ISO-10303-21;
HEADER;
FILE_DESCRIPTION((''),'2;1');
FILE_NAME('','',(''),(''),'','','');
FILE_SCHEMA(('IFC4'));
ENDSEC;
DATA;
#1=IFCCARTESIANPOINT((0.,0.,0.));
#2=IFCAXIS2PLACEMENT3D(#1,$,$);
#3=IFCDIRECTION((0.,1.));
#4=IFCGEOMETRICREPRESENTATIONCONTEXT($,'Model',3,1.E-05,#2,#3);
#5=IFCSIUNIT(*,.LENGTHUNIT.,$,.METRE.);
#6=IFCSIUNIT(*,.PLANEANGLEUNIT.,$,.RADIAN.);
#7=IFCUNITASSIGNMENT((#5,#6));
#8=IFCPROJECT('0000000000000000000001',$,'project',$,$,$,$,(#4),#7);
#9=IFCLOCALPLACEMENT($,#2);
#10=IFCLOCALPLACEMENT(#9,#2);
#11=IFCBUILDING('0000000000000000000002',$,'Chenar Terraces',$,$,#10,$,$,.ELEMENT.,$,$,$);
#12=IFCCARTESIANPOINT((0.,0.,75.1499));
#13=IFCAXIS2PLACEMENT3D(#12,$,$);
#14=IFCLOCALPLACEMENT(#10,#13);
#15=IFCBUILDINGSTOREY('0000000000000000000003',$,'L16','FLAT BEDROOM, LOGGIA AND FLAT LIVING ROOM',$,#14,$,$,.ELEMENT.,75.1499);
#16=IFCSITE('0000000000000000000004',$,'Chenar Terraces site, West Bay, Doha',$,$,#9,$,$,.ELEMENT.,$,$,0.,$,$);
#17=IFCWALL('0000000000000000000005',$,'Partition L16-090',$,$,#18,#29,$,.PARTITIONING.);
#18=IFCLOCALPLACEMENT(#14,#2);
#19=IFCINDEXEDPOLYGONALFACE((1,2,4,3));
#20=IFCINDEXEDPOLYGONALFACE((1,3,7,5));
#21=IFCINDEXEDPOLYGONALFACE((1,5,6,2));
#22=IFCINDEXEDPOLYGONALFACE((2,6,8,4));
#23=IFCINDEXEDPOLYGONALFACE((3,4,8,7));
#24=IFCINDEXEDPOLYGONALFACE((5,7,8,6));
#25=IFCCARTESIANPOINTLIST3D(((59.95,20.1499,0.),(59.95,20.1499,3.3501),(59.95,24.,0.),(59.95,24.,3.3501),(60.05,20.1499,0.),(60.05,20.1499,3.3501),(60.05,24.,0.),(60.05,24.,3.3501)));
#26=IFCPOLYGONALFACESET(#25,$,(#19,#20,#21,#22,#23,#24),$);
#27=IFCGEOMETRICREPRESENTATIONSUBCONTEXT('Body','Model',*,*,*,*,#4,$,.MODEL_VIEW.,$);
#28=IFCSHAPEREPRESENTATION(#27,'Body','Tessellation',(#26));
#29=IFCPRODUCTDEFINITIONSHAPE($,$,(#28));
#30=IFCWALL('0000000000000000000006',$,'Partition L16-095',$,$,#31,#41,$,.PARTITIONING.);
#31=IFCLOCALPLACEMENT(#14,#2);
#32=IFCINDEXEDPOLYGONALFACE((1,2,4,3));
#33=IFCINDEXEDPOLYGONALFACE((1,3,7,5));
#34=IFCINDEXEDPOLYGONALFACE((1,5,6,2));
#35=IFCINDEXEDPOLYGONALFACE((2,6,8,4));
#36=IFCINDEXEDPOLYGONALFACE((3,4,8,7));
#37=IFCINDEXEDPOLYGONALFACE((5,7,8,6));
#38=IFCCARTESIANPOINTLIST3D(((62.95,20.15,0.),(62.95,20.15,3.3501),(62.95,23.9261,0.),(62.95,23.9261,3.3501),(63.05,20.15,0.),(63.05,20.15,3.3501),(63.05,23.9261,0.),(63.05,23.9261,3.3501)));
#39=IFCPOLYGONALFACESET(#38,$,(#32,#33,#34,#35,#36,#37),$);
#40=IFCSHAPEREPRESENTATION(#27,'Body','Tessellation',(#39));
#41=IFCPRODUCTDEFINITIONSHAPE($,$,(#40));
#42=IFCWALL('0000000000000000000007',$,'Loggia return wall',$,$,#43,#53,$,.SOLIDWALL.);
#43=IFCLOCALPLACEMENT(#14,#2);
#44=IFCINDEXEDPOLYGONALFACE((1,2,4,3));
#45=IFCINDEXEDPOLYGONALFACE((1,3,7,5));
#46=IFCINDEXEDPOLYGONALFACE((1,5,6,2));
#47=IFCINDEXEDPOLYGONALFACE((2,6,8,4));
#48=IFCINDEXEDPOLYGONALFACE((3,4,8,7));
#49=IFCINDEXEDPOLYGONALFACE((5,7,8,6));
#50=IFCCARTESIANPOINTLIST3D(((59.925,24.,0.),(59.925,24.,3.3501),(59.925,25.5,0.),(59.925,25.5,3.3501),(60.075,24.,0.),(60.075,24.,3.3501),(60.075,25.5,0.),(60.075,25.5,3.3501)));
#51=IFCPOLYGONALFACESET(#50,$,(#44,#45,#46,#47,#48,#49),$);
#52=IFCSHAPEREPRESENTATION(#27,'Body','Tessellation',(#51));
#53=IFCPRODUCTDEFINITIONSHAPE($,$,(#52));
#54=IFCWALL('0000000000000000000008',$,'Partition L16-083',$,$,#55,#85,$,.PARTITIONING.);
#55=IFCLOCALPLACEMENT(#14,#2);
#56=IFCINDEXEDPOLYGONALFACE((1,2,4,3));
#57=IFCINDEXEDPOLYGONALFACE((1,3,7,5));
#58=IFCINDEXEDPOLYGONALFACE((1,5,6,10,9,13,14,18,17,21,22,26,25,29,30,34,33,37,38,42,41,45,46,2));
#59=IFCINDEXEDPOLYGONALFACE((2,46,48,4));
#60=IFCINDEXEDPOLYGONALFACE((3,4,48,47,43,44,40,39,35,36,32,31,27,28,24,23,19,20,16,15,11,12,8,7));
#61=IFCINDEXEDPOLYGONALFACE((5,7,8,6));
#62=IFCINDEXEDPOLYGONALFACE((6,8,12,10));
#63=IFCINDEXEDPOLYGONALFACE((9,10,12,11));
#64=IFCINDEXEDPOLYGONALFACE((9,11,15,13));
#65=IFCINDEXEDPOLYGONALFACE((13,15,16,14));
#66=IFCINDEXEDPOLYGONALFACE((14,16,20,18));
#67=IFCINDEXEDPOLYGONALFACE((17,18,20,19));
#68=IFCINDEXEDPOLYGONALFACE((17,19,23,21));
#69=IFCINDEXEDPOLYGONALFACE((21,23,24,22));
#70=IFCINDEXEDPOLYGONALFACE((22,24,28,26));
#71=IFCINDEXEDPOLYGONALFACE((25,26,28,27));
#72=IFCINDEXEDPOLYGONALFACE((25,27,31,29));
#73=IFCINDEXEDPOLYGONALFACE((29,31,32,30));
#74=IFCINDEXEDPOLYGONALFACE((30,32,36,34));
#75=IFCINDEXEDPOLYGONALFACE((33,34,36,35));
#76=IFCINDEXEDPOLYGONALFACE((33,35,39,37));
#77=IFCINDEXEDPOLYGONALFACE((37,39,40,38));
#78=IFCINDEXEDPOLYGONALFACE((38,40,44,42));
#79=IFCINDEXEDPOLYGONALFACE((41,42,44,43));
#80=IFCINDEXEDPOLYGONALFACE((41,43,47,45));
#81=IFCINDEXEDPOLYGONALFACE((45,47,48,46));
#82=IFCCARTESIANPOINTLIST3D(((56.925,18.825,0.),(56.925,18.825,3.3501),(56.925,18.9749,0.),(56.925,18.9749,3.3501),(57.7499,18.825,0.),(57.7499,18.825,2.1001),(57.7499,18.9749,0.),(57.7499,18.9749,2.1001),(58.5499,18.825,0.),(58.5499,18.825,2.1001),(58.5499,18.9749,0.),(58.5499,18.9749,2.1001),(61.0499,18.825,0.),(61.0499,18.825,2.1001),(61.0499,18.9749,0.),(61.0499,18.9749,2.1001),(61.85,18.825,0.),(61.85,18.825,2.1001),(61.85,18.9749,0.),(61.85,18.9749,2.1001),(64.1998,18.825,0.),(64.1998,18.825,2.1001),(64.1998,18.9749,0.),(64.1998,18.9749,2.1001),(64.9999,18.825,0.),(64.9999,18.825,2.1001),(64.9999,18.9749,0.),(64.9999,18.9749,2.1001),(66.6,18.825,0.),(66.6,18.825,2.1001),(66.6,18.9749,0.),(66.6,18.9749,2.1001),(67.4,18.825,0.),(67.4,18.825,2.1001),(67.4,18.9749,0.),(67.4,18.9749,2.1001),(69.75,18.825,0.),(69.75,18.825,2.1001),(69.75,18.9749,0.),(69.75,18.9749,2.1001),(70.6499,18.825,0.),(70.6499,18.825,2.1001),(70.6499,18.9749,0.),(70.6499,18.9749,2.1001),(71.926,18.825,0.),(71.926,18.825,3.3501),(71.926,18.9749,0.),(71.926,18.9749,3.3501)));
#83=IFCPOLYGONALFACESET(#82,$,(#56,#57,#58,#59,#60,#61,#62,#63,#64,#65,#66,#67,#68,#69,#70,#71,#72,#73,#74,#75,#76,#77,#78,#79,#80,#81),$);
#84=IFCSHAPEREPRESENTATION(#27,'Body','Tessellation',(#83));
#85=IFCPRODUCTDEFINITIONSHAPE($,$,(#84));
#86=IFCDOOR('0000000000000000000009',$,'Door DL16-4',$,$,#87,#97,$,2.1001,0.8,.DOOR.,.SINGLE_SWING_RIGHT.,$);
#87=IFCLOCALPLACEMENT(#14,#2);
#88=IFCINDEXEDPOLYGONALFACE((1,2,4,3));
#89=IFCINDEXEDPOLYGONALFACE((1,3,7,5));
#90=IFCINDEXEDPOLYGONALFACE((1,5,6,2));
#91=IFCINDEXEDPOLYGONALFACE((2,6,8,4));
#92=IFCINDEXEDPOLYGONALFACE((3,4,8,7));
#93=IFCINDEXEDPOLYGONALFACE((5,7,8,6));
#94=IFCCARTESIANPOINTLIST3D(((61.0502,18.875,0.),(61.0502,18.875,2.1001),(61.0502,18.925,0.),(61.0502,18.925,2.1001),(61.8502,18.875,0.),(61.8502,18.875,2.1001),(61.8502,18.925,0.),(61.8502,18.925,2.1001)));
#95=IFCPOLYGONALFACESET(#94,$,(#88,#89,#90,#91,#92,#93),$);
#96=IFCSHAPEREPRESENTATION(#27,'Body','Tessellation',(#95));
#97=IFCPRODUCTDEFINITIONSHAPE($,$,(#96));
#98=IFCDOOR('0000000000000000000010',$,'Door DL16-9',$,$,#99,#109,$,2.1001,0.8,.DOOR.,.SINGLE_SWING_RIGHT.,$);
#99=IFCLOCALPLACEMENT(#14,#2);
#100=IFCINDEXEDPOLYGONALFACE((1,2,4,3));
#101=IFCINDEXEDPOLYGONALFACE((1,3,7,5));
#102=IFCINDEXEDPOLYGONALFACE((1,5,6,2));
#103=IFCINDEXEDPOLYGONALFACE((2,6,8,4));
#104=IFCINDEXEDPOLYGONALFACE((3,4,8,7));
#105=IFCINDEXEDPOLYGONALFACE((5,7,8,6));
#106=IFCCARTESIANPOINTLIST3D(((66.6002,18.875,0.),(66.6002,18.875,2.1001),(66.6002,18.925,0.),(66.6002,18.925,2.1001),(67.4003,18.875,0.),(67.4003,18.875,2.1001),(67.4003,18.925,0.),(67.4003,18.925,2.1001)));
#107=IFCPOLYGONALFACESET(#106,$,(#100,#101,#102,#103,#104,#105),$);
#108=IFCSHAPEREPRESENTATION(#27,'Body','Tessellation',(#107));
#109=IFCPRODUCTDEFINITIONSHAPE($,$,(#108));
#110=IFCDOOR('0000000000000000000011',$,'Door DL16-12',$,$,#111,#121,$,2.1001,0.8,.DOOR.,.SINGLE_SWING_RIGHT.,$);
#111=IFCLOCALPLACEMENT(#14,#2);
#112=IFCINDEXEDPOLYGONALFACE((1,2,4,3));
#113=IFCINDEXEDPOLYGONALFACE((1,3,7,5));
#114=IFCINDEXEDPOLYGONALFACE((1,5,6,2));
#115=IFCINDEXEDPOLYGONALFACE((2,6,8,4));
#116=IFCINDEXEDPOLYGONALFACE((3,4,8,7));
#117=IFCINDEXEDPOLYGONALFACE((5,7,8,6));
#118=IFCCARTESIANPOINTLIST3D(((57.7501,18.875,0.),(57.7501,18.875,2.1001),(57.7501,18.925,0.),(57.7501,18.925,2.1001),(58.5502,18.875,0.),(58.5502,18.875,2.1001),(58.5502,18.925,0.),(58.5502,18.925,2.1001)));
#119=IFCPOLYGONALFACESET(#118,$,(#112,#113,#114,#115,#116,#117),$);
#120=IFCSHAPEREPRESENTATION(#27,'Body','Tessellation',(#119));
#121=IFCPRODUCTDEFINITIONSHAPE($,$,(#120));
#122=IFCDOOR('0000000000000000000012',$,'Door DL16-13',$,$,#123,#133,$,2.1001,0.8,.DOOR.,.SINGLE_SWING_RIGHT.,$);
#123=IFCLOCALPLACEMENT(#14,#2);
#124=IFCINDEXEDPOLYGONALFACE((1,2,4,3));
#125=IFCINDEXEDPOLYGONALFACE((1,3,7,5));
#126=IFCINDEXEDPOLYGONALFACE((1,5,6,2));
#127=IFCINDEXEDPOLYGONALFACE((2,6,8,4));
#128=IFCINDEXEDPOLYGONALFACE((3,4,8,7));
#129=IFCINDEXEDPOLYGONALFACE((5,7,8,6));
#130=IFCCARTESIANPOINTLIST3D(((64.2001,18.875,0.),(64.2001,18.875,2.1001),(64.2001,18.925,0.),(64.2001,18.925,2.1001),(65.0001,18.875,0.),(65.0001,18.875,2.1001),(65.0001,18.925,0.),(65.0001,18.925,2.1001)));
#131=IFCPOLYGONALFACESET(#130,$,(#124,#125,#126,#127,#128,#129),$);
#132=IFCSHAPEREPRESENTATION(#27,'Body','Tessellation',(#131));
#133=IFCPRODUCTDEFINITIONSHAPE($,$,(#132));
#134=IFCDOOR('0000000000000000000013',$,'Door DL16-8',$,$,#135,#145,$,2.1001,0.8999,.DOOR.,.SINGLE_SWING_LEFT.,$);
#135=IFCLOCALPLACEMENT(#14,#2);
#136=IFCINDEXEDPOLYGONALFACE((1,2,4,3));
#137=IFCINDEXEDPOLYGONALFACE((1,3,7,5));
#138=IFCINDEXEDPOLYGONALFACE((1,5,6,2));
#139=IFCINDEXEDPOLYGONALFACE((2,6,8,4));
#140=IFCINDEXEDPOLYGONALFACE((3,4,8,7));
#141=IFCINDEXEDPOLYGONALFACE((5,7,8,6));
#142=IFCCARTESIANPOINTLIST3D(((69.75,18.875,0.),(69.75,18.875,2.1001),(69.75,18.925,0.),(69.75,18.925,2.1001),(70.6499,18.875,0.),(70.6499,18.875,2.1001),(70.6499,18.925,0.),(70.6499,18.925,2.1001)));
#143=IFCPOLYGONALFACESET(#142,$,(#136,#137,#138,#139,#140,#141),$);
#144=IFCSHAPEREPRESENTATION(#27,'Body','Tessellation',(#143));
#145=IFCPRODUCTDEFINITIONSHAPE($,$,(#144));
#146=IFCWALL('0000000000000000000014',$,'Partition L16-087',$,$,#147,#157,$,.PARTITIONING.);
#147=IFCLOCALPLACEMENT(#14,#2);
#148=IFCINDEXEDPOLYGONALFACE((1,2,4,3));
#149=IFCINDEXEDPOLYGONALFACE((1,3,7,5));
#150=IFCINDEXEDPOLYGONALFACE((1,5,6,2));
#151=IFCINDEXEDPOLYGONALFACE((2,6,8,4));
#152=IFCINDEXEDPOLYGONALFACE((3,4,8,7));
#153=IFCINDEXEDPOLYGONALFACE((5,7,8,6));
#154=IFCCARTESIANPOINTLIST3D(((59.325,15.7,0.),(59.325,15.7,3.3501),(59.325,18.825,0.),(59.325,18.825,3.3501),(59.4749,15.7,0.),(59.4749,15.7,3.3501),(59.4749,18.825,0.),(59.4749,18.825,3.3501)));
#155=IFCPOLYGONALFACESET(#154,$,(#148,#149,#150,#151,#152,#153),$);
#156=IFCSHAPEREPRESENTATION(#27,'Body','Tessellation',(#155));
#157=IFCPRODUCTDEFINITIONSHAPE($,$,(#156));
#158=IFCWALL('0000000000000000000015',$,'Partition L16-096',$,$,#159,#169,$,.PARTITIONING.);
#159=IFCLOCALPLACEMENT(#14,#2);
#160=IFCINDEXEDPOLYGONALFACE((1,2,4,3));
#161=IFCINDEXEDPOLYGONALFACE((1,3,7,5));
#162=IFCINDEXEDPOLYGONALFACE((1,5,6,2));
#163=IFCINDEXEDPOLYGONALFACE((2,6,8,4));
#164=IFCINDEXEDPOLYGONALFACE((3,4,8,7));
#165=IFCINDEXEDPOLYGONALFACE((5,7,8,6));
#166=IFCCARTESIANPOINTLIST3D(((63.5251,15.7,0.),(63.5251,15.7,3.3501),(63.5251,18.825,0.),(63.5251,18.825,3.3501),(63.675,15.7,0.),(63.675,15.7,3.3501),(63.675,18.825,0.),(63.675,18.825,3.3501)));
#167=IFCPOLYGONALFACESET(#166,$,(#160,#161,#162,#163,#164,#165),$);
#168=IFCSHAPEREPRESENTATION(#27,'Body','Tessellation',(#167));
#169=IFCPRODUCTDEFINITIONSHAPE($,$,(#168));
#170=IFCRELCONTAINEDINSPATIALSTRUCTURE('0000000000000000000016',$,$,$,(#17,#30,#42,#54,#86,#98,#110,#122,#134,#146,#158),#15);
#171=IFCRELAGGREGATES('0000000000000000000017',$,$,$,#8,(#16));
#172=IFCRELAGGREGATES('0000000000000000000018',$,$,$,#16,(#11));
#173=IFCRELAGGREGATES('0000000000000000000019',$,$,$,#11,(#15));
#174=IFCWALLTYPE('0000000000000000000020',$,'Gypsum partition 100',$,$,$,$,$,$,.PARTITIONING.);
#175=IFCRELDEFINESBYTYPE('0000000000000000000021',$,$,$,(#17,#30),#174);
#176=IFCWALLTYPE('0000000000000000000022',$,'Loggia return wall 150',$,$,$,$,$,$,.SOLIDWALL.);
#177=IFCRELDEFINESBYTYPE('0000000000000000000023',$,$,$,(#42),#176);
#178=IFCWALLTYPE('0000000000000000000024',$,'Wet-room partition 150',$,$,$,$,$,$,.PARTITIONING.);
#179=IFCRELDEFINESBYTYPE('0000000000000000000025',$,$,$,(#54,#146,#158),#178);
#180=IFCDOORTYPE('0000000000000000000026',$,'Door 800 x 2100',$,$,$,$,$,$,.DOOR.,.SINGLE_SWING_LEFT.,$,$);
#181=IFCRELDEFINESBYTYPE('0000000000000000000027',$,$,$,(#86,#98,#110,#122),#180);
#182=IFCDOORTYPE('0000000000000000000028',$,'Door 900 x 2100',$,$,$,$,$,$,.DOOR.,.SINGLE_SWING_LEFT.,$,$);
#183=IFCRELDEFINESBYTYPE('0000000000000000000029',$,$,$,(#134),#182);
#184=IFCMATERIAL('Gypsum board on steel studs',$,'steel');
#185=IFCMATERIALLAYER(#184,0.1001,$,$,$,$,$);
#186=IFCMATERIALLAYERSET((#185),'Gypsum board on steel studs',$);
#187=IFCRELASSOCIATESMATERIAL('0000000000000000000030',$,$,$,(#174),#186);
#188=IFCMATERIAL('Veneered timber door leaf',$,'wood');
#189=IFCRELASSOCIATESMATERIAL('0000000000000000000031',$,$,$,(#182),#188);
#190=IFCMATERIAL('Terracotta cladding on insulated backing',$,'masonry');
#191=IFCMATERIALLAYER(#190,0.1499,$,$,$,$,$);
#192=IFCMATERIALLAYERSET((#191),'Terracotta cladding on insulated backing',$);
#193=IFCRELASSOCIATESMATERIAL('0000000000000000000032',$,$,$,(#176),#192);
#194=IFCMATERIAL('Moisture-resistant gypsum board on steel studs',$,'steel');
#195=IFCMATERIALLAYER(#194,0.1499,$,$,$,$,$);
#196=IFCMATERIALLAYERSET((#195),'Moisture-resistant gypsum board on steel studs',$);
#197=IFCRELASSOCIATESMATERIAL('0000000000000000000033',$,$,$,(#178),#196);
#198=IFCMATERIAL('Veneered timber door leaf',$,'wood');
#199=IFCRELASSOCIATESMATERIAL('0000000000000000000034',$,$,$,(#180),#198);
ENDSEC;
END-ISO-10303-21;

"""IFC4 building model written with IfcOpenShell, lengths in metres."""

from ifc_helpers import new_model, si_unit, direction, frame, frame_2d, origin, place, context, subcontext, project, spatial, rectangle, extrude, material, layer, layer_set, type_object, element, fill, save


model = new_model("IFC4")

# Units and contexts
model_context = context("Model", 3, precision=1e-05, world=origin(), true_north=direction((0.0, 1.0)))
body_context = subcontext(model_context, "Body", "Model", "MODEL_VIEW")
ifc_project = project(units=[si_unit("LENGTHUNIT", "METRE"), si_unit("PLANEANGLEUNIT", "RADIAN")], contexts=[model_context])

# Site, building, storey
site_placement = place(None, origin())
site = spatial("IfcSite", under=ifc_project, at=site_placement, Name="Chenar Terraces site, West Bay, Doha", CompositionType="ELEMENT", RefElevation=0.0)
building_placement = place(site_placement, origin())
building = spatial("IfcBuilding", under=site, at=building_placement, Name="Chenar Terraces", CompositionType="ELEMENT")
storey_placement = place(building_placement, frame((0.0, 0.0, 75.1499)))
storey = spatial("IfcBuildingStorey", under=building, at=storey_placement, Name="L16", Description="FLAT BEDROOM, LOGGIA AND FLAT LIVING ROOM", CompositionType="ELEMENT", Elevation=75.1499)

# Shared definitions
ifc_material_1 = material(Name="Gypsum board on steel studs", Category="steel")
ifc_layer_1 = layer(ifc_material_1, 0.1001)
ifc_layer_set_1 = layer_set([ifc_layer_1], Name="Gypsum board on steel studs")
wall_type_1 = type_object("IfcWallType", Name="Gypsum partition 100", PredefinedType="PARTITIONING", material=ifc_layer_set_1)
ifc_material_2 = material(Name="Veneered timber door leaf", Category="wood")
door_type_1 = type_object("IfcDoorType", Name="Door 900 x 2100", OperationType="SINGLE_SWING_LEFT", PredefinedType="DOOR", material=ifc_material_2)

# Walls
wall_1_placement = place(storey_placement, frame((60.0, 20.1499, 0.0), z_axis=(0.0, 0.0, 1.0), x_axis=(0.0, 1.0, 0.0)))
element("IfcWall", 1, at=wall_1_placement, inside=storey, type_object=wall_type_1, Name="Partition L16-090", PredefinedType="PARTITIONING", context=body_context, shape_type="SweptSolid", body=[
    extrude(rectangle(XDim=3.8501, YDim=0.1001, at=frame_2d((1.925, 0.0))), origin(), (0.0, 0.0, 1.0), 3.3501),
])
wall_2_placement = place(storey_placement, frame((63.0, 20.1499, 0.0), z_axis=(0.0, 0.0, 1.0), x_axis=(0.0, 1.0, 0.0)))
element("IfcWall", 2, at=wall_2_placement, inside=storey, type_object=wall_type_1, Name="Partition L16-095", PredefinedType="PARTITIONING", context=body_context, shape_type="SweptSolid", body=[
    extrude(rectangle(XDim=3.7761, YDim=0.1001, at=frame_2d((1.8882, 0.0))), origin(), (0.0, 0.0, 1.0), 3.3501),
])
ifc_material_3 = material(Name="Terracotta cladding on insulated backing", Category="masonry")
ifc_layer_2 = layer(ifc_material_3, 0.1499)
ifc_layer_set_2 = layer_set([ifc_layer_2], Name="Terracotta cladding on insulated backing")
wall_type_2 = type_object("IfcWallType", Name="Loggia return wall 150", PredefinedType="SOLIDWALL", material=ifc_layer_set_2)
wall_3_placement = place(storey_placement, frame((60.0, 25.5, 0.0), z_axis=(0.0, 0.0, 1.0), x_axis=(0.0, -1.0, 0.0)))
element("IfcWall", 3, at=wall_3_placement, inside=storey, type_object=wall_type_2, Name="Loggia return wall", PredefinedType="SOLIDWALL", context=body_context, shape_type="SweptSolid", body=[
    extrude(rectangle(XDim=1.5, YDim=0.1499, at=frame_2d((0.75, 0.0))), origin(), (0.0, 0.0, 1.0), 3.3501),
])

# Wall, openings, doors
ifc_material_4 = material(Name="Moisture-resistant gypsum board on steel studs", Category="steel")
ifc_layer_3 = layer(ifc_material_4, 0.1499)
ifc_layer_set_3 = layer_set([ifc_layer_3], Name="Moisture-resistant gypsum board on steel studs")
wall_type_3 = type_object("IfcWallType", Name="Wet-room partition 150", PredefinedType="PARTITIONING", material=ifc_layer_set_3)
wall_4_placement = place(storey_placement, frame((56.925, 18.8999, 0.0), z_axis=(0.0, 0.0, 1.0), x_axis=(1.0, 0.0, 0.0)))
wall_4 = element("IfcWall", 4, at=wall_4_placement, inside=storey, type_object=wall_type_3, Name="Partition L16-083", PredefinedType="PARTITIONING", context=body_context, shape_type="SweptSolid", body=[
    extrude(rectangle(XDim=15.001, YDim=0.1499, at=frame_2d((7.5005, 0.0))), origin(), (0.0, 0.0, 1.0), 3.3501),
])
opening_1_placement = place(wall_4_placement, frame((4.125, 0.0, 0.0)))
opening_1 = element("IfcOpeningElement", 5, at=opening_1_placement, cuts=wall_4, PredefinedType="OPENING", context=body_context, shape_type="SweptSolid", body=[
    extrude(rectangle(XDim=0.8, YDim=2.1001, at=frame_2d((0.3999, 1.05))), frame((0.0, 0.085, 0.0), z_axis=(0.0, -1.0, 0.0), x_axis=(1.0, 0.0, 0.0)), (0.0, 0.0, 1.0), 0.1699),
])
opening_2_placement = place(wall_4_placement, frame((12.825, 0.0, 0.0)))
opening_2 = element("IfcOpeningElement", 6, at=opening_2_placement, cuts=wall_4, PredefinedType="OPENING", context=body_context, shape_type="SweptSolid", body=[
    extrude(rectangle(XDim=0.8999, YDim=2.1001, at=frame_2d((0.45, 1.05))), frame((0.0, 0.085, 0.0), z_axis=(0.0, -1.0, 0.0), x_axis=(1.0, 0.0, 0.0)), (0.0, 0.0, 1.0), 0.1699),
])
opening_3_placement = place(wall_4_placement, frame((9.675, 0.0, 0.0)))
opening_3 = element("IfcOpeningElement", 7, at=opening_3_placement, cuts=wall_4, PredefinedType="OPENING", context=body_context, shape_type="SweptSolid", body=[
    extrude(rectangle(XDim=0.8, YDim=2.1001, at=frame_2d((0.3999, 1.05))), frame((0.0, 0.085, 0.0), z_axis=(0.0, -1.0, 0.0), x_axis=(1.0, 0.0, 0.0)), (0.0, 0.0, 1.0), 0.1699),
])
opening_4_placement = place(wall_4_placement, frame((0.825, 0.0, 0.0)))
opening_4 = element("IfcOpeningElement", 8, at=opening_4_placement, cuts=wall_4, PredefinedType="OPENING", context=body_context, shape_type="SweptSolid", body=[
    extrude(rectangle(XDim=0.8, YDim=2.1001, at=frame_2d((0.3999, 1.05))), frame((0.0, 0.085, 0.0), z_axis=(0.0, -1.0, 0.0), x_axis=(1.0, 0.0, 0.0)), (0.0, 0.0, 1.0), 0.1699),
])
opening_5_placement = place(wall_4_placement, frame((7.2749, 0.0, 0.0)))
opening_5 = element("IfcOpeningElement", 9, at=opening_5_placement, cuts=wall_4, PredefinedType="OPENING", context=body_context, shape_type="SweptSolid", body=[
    extrude(rectangle(XDim=0.8, YDim=2.1001, at=frame_2d((0.3999, 1.05))), frame((0.0, 0.085, 0.0), z_axis=(0.0, -1.0, 0.0), x_axis=(1.0, 0.0, 0.0)), (0.0, 0.0, 1.0), 0.1699),
])
ifc_material_5 = material(Name="Veneered timber door leaf", Category="wood")
door_type_2 = type_object("IfcDoorType", Name="Door 800 x 2100", OperationType="SINGLE_SWING_LEFT", PredefinedType="DOOR", material=ifc_material_5)
door_1_placement = place(opening_1_placement, frame((0.8, 0.0, 0.0), z_axis=(0.0, 0.0, 1.0), x_axis=(-1.0, 0.0, 0.0)))
door_1 = element("IfcDoor", 10, at=door_1_placement, inside=storey, type_object=door_type_2, Name="Door DL16-4", OperationType="SINGLE_SWING_RIGHT", OverallHeight=2.1001, OverallWidth=0.8, PredefinedType="DOOR", context=body_context, shape_type="SweptSolid", body=[
    extrude(rectangle(XDim=0.8, YDim=2.1001, at=frame_2d((0.3999, 1.05))), frame((0.0, 0.0249, 0.0), z_axis=(0.0, -1.0, 0.0), x_axis=(1.0, 0.0, 0.0)), (0.0, 0.0, 1.0), 0.05),
])
fill(opening_1, door_1)
door_2_placement = place(opening_3_placement, frame((0.8, 0.0, 0.0), z_axis=(0.0, 0.0, 1.0), x_axis=(-1.0, 0.0, 0.0)))
door_2 = element("IfcDoor", 11, at=door_2_placement, inside=storey, type_object=door_type_2, Name="Door DL16-9", OperationType="SINGLE_SWING_RIGHT", OverallHeight=2.1001, OverallWidth=0.8, PredefinedType="DOOR", context=body_context, shape_type="SweptSolid", body=[
    extrude(rectangle(XDim=0.8, YDim=2.1001, at=frame_2d((0.3999, 1.05))), frame((0.0, 0.0249, 0.0), z_axis=(0.0, -1.0, 0.0), x_axis=(1.0, 0.0, 0.0)), (0.0, 0.0, 1.0), 0.05),
])
fill(opening_3, door_2)
door_3_placement = place(opening_4_placement, frame((0.8, 0.0, 0.0), z_axis=(0.0, 0.0, 1.0), x_axis=(-1.0, 0.0, 0.0)))
door_3 = element("IfcDoor", 12, at=door_3_placement, inside=storey, type_object=door_type_2, Name="Door DL16-12", OperationType="SINGLE_SWING_RIGHT", OverallHeight=2.1001, OverallWidth=0.8, PredefinedType="DOOR", context=body_context, shape_type="SweptSolid", body=[
    extrude(rectangle(XDim=0.8, YDim=2.1001, at=frame_2d((0.3999, 1.05))), frame((0.0, 0.0249, 0.0), z_axis=(0.0, -1.0, 0.0), x_axis=(1.0, 0.0, 0.0)), (0.0, 0.0, 1.0), 0.05),
])
fill(opening_4, door_3)
door_4_placement = place(opening_5_placement, frame((0.8, 0.0, 0.0), z_axis=(0.0, 0.0, 1.0), x_axis=(-1.0, 0.0, 0.0)))
door_4 = element("IfcDoor", 13, at=door_4_placement, inside=storey, type_object=door_type_2, Name="Door DL16-13", OperationType="SINGLE_SWING_RIGHT", OverallHeight=2.1001, OverallWidth=0.8, PredefinedType="DOOR", context=body_context, shape_type="SweptSolid", body=[
    extrude(rectangle(XDim=0.8, YDim=2.1001, at=frame_2d((0.3999, 1.05))), frame((0.0, 0.0249, 0.0), z_axis=(0.0, -1.0, 0.0), x_axis=(1.0, 0.0, 0.0)), (0.0, 0.0, 1.0), 0.05),
])
fill(opening_5, door_4)
door_5_placement = place(opening_2_placement, frame((0.8999, 0.0, 0.0), z_axis=(0.0, 0.0, 1.0), x_axis=(-1.0, 0.0, 0.0)))
door_5 = element("IfcDoor", 14, at=door_5_placement, inside=storey, type_object=door_type_1, Name="Door DL16-8", OperationType="SINGLE_SWING_LEFT", OverallHeight=2.1001, OverallWidth=0.8999, PredefinedType="DOOR", context=body_context, shape_type="SweptSolid", body=[
    extrude(rectangle(XDim=0.8999, YDim=2.1001, at=frame_2d((0.45, 1.05))), frame((0.0, 0.0249, 0.0), z_axis=(0.0, -1.0, 0.0), x_axis=(1.0, 0.0, 0.0)), (0.0, 0.0, 1.0), 0.05),
])
fill(opening_2, door_5)

# Walls
for number, where, z_axis, x_axis, name in (
    (15, (59.3999, 15.7, 0.0), (0.0, 0.0, 1.0), (0.0, 1.0, 0.0), "Partition L16-087"),
    (16, (63.6001, 15.7, 0.0), (0.0, 0.0, 1.0), (0.0, 1.0, 0.0), "Partition L16-096"),
):
    element("IfcWall", number, at=place(storey_placement, frame(where, z_axis=z_axis, x_axis=x_axis)), inside=storey, type_object=wall_type_3, Name=name, PredefinedType="PARTITIONING", context=body_context, shape_type="SweptSolid", body=[
        extrude(rectangle(XDim=3.125, YDim=0.1499, at=frame_2d((1.5625, 0.0))), origin(), (0.0, 0.0, 1.0), 3.3501),
    ])

save(model, "model.ifc")
